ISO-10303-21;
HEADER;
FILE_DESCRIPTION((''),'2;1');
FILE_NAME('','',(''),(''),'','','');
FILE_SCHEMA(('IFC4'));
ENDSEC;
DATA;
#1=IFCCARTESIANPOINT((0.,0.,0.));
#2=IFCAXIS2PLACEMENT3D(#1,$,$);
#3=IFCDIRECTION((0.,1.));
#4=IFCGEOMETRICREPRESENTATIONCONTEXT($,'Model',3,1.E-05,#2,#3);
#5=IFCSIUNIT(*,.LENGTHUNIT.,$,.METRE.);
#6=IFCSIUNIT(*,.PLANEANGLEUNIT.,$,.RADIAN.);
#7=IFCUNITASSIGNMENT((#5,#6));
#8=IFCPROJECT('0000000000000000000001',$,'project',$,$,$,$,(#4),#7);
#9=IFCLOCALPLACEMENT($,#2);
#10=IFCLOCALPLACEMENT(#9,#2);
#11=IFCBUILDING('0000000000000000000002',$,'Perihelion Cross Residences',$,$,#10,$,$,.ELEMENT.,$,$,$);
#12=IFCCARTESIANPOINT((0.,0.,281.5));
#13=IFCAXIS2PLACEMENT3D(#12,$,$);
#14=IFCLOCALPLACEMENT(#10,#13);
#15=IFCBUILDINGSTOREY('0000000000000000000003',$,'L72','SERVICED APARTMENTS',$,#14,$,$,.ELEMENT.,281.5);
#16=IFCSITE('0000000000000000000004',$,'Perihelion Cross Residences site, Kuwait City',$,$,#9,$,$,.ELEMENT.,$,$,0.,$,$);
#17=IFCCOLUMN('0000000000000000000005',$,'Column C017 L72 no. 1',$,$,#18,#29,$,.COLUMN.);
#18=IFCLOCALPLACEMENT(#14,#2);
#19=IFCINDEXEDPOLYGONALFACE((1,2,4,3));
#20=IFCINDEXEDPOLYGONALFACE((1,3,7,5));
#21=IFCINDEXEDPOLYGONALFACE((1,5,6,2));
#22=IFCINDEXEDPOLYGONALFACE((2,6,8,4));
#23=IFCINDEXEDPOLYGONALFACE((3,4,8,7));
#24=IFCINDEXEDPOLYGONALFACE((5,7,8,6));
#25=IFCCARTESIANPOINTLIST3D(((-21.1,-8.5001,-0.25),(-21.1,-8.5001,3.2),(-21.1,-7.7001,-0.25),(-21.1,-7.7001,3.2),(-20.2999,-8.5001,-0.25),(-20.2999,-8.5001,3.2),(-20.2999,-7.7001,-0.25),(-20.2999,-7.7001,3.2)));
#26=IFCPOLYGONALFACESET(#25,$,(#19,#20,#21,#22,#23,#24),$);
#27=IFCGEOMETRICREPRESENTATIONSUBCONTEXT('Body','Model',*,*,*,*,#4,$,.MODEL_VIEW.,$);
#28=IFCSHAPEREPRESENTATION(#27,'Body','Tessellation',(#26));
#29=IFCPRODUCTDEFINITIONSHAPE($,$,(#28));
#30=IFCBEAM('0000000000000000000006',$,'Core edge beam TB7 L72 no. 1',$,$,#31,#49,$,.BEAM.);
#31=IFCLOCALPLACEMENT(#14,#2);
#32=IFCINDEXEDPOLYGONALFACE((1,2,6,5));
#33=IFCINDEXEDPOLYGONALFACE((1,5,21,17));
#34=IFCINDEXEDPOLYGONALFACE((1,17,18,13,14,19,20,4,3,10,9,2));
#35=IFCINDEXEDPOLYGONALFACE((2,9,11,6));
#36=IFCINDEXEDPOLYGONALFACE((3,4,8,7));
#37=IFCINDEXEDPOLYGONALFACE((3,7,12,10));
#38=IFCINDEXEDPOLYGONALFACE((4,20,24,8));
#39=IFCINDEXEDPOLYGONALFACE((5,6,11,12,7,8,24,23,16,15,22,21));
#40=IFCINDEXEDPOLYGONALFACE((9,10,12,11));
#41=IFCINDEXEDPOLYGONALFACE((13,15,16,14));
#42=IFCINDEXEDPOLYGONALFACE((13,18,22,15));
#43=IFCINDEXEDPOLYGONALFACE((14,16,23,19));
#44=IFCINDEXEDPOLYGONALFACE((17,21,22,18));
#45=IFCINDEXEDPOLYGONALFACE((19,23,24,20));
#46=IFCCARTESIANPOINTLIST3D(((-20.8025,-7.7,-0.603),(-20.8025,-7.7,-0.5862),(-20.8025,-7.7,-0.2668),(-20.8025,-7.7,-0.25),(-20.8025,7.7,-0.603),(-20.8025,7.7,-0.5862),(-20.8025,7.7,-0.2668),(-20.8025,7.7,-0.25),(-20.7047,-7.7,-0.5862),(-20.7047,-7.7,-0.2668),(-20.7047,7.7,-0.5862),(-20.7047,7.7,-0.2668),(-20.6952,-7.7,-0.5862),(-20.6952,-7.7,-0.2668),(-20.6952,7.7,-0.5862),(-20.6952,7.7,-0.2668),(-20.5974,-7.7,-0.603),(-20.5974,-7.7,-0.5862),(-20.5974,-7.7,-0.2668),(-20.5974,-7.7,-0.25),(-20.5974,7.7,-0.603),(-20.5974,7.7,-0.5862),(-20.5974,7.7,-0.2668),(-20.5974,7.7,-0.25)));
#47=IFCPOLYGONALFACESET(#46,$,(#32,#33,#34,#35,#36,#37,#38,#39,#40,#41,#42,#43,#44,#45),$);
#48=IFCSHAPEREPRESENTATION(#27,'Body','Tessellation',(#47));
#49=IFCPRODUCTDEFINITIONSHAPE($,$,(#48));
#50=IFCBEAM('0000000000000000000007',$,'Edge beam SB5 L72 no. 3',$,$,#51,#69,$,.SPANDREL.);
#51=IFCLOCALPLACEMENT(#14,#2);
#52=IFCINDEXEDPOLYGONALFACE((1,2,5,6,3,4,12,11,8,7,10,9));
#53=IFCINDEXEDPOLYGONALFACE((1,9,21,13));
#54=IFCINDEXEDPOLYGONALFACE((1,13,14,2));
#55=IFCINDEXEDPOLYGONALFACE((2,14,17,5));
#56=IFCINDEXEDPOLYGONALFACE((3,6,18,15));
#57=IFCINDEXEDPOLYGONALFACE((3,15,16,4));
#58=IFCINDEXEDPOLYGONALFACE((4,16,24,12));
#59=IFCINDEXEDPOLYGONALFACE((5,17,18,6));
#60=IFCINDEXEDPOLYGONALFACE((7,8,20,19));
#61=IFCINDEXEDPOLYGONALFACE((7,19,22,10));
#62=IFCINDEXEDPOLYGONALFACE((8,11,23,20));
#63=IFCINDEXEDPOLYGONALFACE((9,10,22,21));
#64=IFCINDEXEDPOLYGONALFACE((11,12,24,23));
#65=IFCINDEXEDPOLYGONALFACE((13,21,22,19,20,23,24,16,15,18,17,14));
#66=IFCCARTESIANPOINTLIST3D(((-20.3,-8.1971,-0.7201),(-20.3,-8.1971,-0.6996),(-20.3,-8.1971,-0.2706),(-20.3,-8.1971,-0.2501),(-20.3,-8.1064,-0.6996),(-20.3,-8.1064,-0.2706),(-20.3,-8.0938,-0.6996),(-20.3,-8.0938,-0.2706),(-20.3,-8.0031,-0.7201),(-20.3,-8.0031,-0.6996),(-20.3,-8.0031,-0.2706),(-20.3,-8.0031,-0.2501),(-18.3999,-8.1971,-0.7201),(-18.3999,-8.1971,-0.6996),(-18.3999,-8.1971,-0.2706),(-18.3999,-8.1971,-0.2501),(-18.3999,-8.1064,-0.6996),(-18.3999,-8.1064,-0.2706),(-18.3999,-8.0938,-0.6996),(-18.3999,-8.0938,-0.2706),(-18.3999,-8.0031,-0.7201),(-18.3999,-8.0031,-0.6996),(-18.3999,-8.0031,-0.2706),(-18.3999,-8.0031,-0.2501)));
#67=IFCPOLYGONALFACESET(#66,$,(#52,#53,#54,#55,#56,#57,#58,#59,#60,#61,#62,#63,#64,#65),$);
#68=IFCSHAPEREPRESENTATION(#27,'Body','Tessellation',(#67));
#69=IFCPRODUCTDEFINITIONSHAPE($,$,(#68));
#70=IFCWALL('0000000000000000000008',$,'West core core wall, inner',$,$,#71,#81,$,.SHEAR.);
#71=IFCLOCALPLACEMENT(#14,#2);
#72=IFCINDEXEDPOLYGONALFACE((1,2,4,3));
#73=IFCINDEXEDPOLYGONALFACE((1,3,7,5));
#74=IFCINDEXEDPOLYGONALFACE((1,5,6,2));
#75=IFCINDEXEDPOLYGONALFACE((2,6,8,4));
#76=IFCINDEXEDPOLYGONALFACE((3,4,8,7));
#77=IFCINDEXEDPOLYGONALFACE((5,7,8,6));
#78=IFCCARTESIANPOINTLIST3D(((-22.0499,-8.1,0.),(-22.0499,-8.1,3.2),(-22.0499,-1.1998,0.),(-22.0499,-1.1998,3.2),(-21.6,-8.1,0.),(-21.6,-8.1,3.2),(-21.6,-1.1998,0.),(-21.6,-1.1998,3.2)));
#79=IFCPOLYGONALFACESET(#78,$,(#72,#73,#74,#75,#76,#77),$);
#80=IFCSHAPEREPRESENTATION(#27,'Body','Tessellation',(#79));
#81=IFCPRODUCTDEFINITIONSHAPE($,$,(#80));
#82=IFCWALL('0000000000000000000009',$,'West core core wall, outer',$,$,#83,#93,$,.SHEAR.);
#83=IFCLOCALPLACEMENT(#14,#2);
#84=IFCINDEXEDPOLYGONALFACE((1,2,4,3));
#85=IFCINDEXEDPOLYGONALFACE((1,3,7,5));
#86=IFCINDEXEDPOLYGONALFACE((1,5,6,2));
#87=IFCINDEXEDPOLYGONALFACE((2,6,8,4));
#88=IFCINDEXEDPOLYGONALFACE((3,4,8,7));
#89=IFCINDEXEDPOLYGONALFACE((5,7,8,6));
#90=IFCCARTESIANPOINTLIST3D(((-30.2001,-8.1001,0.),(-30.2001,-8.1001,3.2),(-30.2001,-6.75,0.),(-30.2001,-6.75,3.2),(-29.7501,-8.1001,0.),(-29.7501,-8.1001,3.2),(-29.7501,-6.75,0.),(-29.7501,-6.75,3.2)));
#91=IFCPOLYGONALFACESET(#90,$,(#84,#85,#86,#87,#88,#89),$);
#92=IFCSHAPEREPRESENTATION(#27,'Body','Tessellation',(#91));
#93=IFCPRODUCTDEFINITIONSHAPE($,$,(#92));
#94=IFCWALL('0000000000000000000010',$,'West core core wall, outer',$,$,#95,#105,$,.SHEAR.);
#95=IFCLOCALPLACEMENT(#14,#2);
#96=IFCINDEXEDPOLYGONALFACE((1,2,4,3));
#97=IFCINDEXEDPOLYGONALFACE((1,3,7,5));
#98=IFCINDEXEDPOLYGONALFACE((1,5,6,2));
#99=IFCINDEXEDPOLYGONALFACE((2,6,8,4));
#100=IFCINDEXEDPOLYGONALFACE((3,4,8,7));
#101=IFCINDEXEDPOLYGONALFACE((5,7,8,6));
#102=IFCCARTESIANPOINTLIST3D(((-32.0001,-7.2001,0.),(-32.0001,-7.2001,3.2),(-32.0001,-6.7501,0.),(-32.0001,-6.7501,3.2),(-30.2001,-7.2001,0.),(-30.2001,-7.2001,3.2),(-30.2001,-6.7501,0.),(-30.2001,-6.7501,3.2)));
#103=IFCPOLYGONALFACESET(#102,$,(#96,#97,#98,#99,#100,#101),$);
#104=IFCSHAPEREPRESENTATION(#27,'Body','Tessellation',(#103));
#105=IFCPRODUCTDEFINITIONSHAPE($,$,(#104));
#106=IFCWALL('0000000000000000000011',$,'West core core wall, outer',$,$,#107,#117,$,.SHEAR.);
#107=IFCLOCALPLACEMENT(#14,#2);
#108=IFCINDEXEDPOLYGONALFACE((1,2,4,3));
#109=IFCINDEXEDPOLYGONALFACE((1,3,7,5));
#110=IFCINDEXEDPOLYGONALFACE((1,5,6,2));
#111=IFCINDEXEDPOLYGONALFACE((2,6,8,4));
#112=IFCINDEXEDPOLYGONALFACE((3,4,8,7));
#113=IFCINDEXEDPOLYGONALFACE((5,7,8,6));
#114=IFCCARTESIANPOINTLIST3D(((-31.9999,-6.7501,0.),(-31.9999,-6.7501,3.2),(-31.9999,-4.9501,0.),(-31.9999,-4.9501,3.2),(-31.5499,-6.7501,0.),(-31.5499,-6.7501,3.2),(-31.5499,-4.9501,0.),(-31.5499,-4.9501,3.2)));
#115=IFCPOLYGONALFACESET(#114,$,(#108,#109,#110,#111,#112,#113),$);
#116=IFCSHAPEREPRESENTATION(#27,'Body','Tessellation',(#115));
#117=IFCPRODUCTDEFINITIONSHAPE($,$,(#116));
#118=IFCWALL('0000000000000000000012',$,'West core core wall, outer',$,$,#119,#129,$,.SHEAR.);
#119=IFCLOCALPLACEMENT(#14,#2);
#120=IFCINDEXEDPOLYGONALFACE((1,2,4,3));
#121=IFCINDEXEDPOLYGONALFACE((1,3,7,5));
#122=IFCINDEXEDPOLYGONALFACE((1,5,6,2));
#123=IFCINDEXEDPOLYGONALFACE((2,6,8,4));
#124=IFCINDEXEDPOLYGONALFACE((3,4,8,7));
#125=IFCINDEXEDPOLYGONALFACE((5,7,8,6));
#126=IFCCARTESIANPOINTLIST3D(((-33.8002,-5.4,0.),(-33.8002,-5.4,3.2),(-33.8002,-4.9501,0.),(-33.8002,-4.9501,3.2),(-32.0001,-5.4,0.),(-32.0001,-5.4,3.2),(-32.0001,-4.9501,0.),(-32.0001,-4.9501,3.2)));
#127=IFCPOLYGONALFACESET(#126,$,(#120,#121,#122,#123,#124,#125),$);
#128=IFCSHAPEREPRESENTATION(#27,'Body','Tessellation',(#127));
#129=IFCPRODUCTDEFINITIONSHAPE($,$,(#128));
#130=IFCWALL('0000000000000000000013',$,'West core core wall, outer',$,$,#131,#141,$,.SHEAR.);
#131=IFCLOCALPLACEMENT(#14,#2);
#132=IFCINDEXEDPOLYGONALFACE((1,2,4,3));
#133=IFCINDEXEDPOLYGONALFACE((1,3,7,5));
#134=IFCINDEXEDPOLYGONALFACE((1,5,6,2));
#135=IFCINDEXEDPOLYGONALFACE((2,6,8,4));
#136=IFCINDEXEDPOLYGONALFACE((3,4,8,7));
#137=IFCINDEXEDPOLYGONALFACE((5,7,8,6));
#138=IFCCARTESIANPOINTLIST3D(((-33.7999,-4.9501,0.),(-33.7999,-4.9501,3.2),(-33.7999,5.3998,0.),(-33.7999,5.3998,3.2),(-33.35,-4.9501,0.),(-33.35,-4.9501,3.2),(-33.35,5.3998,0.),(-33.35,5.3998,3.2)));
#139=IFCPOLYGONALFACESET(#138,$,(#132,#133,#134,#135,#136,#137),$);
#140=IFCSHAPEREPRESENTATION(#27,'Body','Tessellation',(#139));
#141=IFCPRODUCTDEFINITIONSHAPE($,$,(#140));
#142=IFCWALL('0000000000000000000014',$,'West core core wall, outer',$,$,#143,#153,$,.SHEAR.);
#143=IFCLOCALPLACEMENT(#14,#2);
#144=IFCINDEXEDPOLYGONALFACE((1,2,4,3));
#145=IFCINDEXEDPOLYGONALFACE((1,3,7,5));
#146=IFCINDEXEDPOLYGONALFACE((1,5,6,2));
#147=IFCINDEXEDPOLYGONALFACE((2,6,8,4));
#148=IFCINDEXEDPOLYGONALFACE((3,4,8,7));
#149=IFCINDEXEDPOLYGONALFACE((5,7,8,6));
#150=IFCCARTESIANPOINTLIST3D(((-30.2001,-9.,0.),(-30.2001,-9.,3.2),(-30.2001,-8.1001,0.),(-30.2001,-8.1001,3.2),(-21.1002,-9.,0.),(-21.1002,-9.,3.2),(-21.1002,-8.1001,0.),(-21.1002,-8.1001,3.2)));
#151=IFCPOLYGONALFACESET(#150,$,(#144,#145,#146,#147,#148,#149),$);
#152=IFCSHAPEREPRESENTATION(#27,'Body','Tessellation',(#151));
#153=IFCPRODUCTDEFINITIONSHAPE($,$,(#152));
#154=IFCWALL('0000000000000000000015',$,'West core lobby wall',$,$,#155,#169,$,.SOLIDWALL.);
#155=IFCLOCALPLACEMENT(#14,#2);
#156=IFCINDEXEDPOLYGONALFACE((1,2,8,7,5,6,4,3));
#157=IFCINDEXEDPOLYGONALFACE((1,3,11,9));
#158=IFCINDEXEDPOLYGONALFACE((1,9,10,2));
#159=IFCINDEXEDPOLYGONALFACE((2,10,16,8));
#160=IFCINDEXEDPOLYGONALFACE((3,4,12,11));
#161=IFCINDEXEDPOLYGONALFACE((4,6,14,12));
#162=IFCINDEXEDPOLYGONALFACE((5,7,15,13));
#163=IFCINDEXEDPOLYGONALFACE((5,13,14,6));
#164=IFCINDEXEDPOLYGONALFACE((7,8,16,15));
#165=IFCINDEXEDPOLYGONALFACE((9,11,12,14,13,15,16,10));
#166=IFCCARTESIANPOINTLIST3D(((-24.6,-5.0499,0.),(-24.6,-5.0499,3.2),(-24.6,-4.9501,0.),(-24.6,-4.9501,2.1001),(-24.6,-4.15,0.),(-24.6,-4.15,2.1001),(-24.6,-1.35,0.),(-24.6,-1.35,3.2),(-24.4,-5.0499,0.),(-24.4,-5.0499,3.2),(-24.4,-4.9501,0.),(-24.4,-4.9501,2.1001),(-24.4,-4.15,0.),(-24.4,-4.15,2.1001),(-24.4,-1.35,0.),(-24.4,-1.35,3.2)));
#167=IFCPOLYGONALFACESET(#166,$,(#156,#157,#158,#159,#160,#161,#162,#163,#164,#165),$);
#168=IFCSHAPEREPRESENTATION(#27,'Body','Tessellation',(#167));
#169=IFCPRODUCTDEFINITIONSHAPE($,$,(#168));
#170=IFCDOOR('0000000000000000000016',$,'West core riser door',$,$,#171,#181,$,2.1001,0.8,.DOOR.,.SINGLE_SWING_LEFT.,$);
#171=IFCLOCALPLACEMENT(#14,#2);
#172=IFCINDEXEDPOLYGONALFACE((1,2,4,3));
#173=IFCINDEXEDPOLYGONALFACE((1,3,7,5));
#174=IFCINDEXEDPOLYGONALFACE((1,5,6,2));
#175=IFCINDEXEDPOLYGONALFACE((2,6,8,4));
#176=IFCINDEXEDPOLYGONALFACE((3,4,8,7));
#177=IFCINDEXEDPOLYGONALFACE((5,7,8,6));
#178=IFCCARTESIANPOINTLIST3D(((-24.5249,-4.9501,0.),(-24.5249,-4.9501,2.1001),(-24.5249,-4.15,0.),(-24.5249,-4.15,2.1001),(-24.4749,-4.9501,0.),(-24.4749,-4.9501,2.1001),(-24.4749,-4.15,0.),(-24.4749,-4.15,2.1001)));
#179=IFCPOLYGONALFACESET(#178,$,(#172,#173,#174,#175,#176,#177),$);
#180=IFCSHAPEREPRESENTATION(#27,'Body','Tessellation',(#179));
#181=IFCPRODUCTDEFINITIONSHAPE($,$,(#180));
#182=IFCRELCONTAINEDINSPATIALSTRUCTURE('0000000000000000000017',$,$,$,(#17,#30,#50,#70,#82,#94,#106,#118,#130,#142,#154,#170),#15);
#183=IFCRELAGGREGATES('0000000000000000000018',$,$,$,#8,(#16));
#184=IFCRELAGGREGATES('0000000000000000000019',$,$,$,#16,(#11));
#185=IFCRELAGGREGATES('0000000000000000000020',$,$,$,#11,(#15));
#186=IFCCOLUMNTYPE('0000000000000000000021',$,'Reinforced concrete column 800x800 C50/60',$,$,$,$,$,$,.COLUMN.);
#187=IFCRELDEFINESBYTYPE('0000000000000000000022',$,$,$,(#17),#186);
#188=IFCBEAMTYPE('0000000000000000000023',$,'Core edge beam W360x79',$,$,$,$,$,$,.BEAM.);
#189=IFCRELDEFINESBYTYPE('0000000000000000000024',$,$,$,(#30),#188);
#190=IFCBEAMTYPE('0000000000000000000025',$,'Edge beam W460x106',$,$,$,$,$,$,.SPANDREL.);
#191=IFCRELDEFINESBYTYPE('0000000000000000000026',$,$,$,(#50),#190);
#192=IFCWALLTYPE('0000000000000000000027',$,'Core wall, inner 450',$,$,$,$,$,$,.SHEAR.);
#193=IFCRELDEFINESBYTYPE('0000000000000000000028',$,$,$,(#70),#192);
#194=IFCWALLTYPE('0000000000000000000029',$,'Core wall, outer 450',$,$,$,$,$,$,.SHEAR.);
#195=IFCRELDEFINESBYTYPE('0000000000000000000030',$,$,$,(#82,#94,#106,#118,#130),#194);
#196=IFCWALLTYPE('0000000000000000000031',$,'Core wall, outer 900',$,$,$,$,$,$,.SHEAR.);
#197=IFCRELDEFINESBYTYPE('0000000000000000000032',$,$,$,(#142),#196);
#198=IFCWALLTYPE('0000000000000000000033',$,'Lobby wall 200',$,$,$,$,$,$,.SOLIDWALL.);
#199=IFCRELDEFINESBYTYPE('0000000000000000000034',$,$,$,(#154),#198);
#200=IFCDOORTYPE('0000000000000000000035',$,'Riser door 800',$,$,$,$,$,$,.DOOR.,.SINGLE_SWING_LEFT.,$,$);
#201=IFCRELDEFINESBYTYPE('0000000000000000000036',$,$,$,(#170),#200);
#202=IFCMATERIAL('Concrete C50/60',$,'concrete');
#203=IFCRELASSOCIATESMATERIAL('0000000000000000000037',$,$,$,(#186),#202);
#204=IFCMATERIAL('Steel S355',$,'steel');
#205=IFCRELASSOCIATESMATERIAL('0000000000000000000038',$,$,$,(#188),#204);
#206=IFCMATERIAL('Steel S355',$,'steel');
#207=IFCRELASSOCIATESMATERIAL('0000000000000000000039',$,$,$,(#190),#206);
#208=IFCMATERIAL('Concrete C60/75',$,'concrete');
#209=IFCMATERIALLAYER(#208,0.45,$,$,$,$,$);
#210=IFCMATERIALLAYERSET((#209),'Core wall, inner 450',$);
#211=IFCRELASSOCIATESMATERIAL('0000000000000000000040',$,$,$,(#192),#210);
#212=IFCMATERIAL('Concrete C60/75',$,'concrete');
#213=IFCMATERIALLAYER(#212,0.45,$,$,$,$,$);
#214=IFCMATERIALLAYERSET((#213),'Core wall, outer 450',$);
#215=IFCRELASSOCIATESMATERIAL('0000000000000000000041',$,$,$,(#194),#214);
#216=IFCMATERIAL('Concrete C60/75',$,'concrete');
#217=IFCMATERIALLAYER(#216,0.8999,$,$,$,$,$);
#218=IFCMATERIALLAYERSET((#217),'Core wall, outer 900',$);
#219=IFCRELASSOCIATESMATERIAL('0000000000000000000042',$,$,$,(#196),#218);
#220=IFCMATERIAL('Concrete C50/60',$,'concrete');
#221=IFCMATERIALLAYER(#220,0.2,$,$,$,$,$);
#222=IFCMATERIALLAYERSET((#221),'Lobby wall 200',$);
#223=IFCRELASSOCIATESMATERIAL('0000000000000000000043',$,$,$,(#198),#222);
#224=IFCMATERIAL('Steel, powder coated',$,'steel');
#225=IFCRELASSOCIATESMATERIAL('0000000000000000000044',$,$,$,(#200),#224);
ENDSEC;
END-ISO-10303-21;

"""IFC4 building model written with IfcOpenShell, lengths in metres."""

from ifc_helpers import new_model, si_unit, direction, frame, frame_2d, origin, origin_2d, place, context, subcontext, project, spatial, rectangle, i_section, extrude, material, layer, layer_set, material_profile, profile_set, type_object, element, fill, save


model = new_model("IFC4")

# Units and contexts
model_context = context("Model", 3, precision=1e-05, world=origin(), true_north=direction((0.0, 1.0)))
body_context = subcontext(model_context, "Body", "Model", "MODEL_VIEW")
ifc_project = project(units=[si_unit("LENGTHUNIT", "METRE"), si_unit("PLANEANGLEUNIT", "RADIAN")], contexts=[model_context])

# Site, building, storey
site_placement = place(None, origin())
site = spatial("IfcSite", under=ifc_project, at=site_placement, Name="Perihelion Cross Residences site, Kuwait City", CompositionType="ELEMENT", RefElevation=0.0)
building_placement = place(site_placement, origin())
building = spatial("IfcBuilding", under=site, at=building_placement, Name="Perihelion Cross Residences", CompositionType="ELEMENT")
storey_placement = place(building_placement, frame((0.0, 0.0, 281.5)))
storey = spatial("IfcBuildingStorey", under=building, at=storey_placement, Name="L72", Description="SERVICED APARTMENTS", CompositionType="ELEMENT", Elevation=281.5)

# Column
ifc_material_1 = material(Name="Concrete C50/60", Category="concrete")
ifc_material_profile_1 = material_profile(ifc_material_1, rectangle(XDim=0.8, YDim=0.8, at=origin_2d()), Name="RC 800x800")
ifc_profile_set_1 = profile_set([ifc_material_profile_1], Name="Concrete C50/60")
column_type = type_object("IfcColumnType", Name="Reinforced concrete column 800x800 C50/60", PredefinedType="COLUMN", material=ifc_profile_set_1)
column_placement = place(storey_placement, frame((-20.7, -8.1001, -0.25), z_axis=(0.0, 0.0, 1.0), x_axis=(1.0, 0.0, 0.0)))
element("IfcColumn", 1, at=column_placement, inside=storey, type_object=column_type, Name="Column C017 L72 no. 1", PredefinedType="COLUMN", context=body_context, shape_type="SweptSolid", body=[
    extrude(rectangle(XDim=0.8, YDim=0.8, at=origin_2d()), origin(), (0.0, 0.0, 1.0), 3.45),
])

# Beams
ifc_material_2 = material(Name="Steel S355", Category="steel")
ifc_material_profile_2 = material_profile(ifc_material_2, i_section(OverallWidth=0.2051, OverallDepth=0.353, WebThickness=0.0095, FlangeThickness=0.0168, at=origin_2d()), Name="W360x79")
ifc_profile_set_2 = profile_set([ifc_material_profile_2], Name="Steel S355")
beam_type_1 = type_object("IfcBeamType", Name="Core edge beam W360x79", PredefinedType="BEAM", material=ifc_profile_set_2)
beam_1_placement = place(storey_placement, frame((-20.7, -7.7, -0.4265), z_axis=(0.0, 1.0, 0.0), x_axis=(-1.0, 0.0, 0.0)))
element("IfcBeam", 2, at=beam_1_placement, inside=storey, type_object=beam_type_1, Name="Core edge beam TB7 L72 no. 1", PredefinedType="BEAM", context=body_context, shape_type="SweptSolid", body=[
    extrude(i_section(OverallWidth=0.2051, OverallDepth=0.353, WebThickness=0.0095, FlangeThickness=0.0168, at=origin_2d()), origin(), (0.0, 0.0, 1.0), 15.3999),
])
ifc_material_3 = material(Name="Steel S355", Category="steel")
ifc_material_profile_3 = material_profile(ifc_material_3, i_section(OverallWidth=0.1941, OverallDepth=0.47, WebThickness=0.0127, FlangeThickness=0.0205, at=origin_2d()), Name="W460x106")
ifc_profile_set_3 = profile_set([ifc_material_profile_3], Name="Steel S355")
beam_type_2 = type_object("IfcBeamType", Name="Edge beam W460x106", PredefinedType="SPANDREL", material=ifc_profile_set_3)
beam_2_placement = place(storey_placement, frame((-20.3, -8.1001, -0.4851), z_axis=(1.0, 0.0, 0.0), x_axis=(0.0, 1.0, 0.0)))
element("IfcBeam", 3, at=beam_2_placement, inside=storey, type_object=beam_type_2, Name="Edge beam SB5 L72 no. 3", PredefinedType="SPANDREL", context=body_context, shape_type="SweptSolid", body=[
    extrude(i_section(OverallWidth=0.1941, OverallDepth=0.47, WebThickness=0.0127, FlangeThickness=0.0205, at=origin_2d()), origin(), (0.0, 0.0, 1.0), 1.9001),
])

# Walls
ifc_material_4 = material(Name="Concrete C60/75", Category="concrete")
ifc_layer_1 = layer(ifc_material_4, 0.45)
ifc_layer_set_1 = layer_set([ifc_layer_1], Name="Core wall, inner 450")
wall_type_1 = type_object("IfcWallType", Name="Core wall, inner 450", PredefinedType="SHEAR", material=ifc_layer_set_1)
wall_1_placement = place(storey_placement, frame((-21.825, -8.1001, 0.0), z_axis=(0.0, 0.0, 1.0), x_axis=(0.0, 1.0, 0.0)))
element("IfcWall", 4, at=wall_1_placement, inside=storey, type_object=wall_type_1, Name="West core core wall, inner", PredefinedType="SHEAR", context=body_context, shape_type="SweptSolid", body=[
    extrude(rectangle(XDim=6.9001, YDim=0.45, at=frame_2d((3.4502, 0.0))), origin(), (0.0, 0.0, 1.0), 3.2),
])
ifc_material_5 = material(Name="Concrete C60/75", Category="concrete")
ifc_layer_2 = layer(ifc_material_5, 0.45)
ifc_layer_set_2 = layer_set([ifc_layer_2], Name="Core wall, outer 450")
wall_type_2 = type_object("IfcWallType", Name="Core wall, outer 450", PredefinedType="SHEAR", material=ifc_layer_set_2)
wall_2_placement = place(storey_placement, frame((-29.9751, -8.1001, 0.0), z_axis=(0.0, 0.0, 1.0), x_axis=(0.0, 1.0, 0.0)))
element("IfcWall", 5, at=wall_2_placement, inside=storey, type_object=wall_type_2, Name="West core core wall, outer", PredefinedType="SHEAR", context=body_context, shape_type="SweptSolid", body=[
    extrude(rectangle(XDim=1.3501, YDim=0.45, at=frame_2d((0.675, 0.0))), origin(), (0.0, 0.0, 1.0), 3.2),
])
for number, where, z_axis, x_axis, name in (
    (6, (-32.0, -6.9751, 0.0), (0.0, 0.0, 1.0), (1.0, 0.0, 0.0), "West core core wall, outer"),
    (7, (-31.7749, -6.75, 0.0), (0.0, 0.0, 1.0), (0.0, 1.0, 0.0), "West core core wall, outer"),
    (8, (-33.8, -5.175, 0.0), (0.0, 0.0, 1.0), (1.0, 0.0, 0.0), "West core core wall, outer"),
):
    element("IfcWall", number, at=place(storey_placement, frame(where, z_axis=z_axis, x_axis=x_axis)), inside=storey, type_object=wall_type_2, Name=name, PredefinedType="SHEAR", context=body_context, shape_type="SweptSolid", body=[
        extrude(rectangle(XDim=1.8, YDim=0.45, at=frame_2d((0.8999, 0.0))), origin(), (0.0, 0.0, 1.0), 3.2),
    ])
wall_3_placement = place(storey_placement, frame((-33.575, -4.95, 0.0), z_axis=(0.0, 0.0, 1.0), x_axis=(0.0, 1.0, 0.0)))
element("IfcWall", 9, at=wall_3_placement, inside=storey, type_object=wall_type_2, Name="West core core wall, outer", PredefinedType="SHEAR", context=body_context, shape_type="SweptSolid", body=[
    extrude(rectangle(XDim=10.3499, YDim=0.45, at=frame_2d((5.1748, 0.0))), origin(), (0.0, 0.0, 1.0), 3.2),
])
ifc_material_6 = material(Name="Concrete C60/75", Category="concrete")
ifc_layer_3 = layer(ifc_material_6, 0.8999)
ifc_layer_set_3 = layer_set([ifc_layer_3], Name="Core wall, outer 900")
wall_type_3 = type_object("IfcWallType", Name="Core wall, outer 900", PredefinedType="SHEAR", material=ifc_layer_set_3)
wall_4_placement = place(storey_placement, frame((-30.2, -8.55, 0.0), z_axis=(0.0, 0.0, 1.0), x_axis=(1.0, 0.0, 0.0)))
element("IfcWall", 10, at=wall_4_placement, inside=storey, type_object=wall_type_3, Name="West core core wall, outer", PredefinedType="SHEAR", context=body_context, shape_type="SweptSolid", body=[
    extrude(rectangle(XDim=9.0999, YDim=0.8999, at=frame_2d((4.5498, 0.0))), origin(), (0.0, 0.0, 1.0), 3.2),
])

# Wall, opening, door
ifc_material_7 = material(Name="Concrete C50/60", Category="concrete")
ifc_layer_4 = layer(ifc_material_7, 0.2)
ifc_layer_set_4 = layer_set([ifc_layer_4], Name="Lobby wall 200")
wall_type_4 = type_object("IfcWallType", Name="Lobby wall 200", PredefinedType="SOLIDWALL", material=ifc_layer_set_4)
wall_5_placement = place(storey_placement, frame((-24.5, -5.05, 0.0), z_axis=(0.0, 0.0, 1.0), x_axis=(0.0, 1.0, 0.0)))
wall_5 = element("IfcWall", 11, at=wall_5_placement, inside=storey, type_object=wall_type_4, Name="West core lobby wall", PredefinedType="SOLIDWALL", context=body_context, shape_type="SweptSolid", body=[
    extrude(rectangle(XDim=3.7, YDim=0.2, at=frame_2d((1.8501, 0.0))), origin(), (0.0, 0.0, 1.0), 3.2),
])
opening_1_placement = place(wall_5_placement, frame((0.1001, 0.0, 0.0)))
opening_1 = element("IfcOpeningElement", 12, at=opening_1_placement, cuts=wall_5, PredefinedType="OPENING", context=body_context, shape_type="SweptSolid", body=[
    extrude(rectangle(XDim=0.8, YDim=2.1001, at=frame_2d((0.3999, 1.05))), frame((0.0, 0.1099, 0.0), z_axis=(0.0, -1.0, 0.0), x_axis=(1.0, 0.0, 0.0)), (0.0, 0.0, 1.0), 0.22),
])
ifc_material_8 = material(Name="Steel, powder coated", Category="steel")
door_type_1 = type_object("IfcDoorType", Name="Riser door 800", OperationType="SINGLE_SWING_LEFT", PredefinedType="DOOR", material=ifc_material_8)
door_1_placement = place(opening_1_placement, origin())
door_1 = element("IfcDoor", 13, at=door_1_placement, inside=storey, type_object=door_type_1, Name="West core riser door", OperationType="SINGLE_SWING_LEFT", OverallHeight=2.1001, OverallWidth=0.8, PredefinedType="DOOR", context=body_context, shape_type="SweptSolid", body=[
    extrude(rectangle(XDim=0.8, YDim=2.1001, at=frame_2d((0.3999, 1.05))), frame((0.0, 0.0249, 0.0), z_axis=(0.0, -1.0, 0.0), x_axis=(1.0, 0.0, 0.0)), (0.0, 0.0, 1.0), 0.05),
])
fill(opening_1, door_1)

save(model, "model.ifc")
